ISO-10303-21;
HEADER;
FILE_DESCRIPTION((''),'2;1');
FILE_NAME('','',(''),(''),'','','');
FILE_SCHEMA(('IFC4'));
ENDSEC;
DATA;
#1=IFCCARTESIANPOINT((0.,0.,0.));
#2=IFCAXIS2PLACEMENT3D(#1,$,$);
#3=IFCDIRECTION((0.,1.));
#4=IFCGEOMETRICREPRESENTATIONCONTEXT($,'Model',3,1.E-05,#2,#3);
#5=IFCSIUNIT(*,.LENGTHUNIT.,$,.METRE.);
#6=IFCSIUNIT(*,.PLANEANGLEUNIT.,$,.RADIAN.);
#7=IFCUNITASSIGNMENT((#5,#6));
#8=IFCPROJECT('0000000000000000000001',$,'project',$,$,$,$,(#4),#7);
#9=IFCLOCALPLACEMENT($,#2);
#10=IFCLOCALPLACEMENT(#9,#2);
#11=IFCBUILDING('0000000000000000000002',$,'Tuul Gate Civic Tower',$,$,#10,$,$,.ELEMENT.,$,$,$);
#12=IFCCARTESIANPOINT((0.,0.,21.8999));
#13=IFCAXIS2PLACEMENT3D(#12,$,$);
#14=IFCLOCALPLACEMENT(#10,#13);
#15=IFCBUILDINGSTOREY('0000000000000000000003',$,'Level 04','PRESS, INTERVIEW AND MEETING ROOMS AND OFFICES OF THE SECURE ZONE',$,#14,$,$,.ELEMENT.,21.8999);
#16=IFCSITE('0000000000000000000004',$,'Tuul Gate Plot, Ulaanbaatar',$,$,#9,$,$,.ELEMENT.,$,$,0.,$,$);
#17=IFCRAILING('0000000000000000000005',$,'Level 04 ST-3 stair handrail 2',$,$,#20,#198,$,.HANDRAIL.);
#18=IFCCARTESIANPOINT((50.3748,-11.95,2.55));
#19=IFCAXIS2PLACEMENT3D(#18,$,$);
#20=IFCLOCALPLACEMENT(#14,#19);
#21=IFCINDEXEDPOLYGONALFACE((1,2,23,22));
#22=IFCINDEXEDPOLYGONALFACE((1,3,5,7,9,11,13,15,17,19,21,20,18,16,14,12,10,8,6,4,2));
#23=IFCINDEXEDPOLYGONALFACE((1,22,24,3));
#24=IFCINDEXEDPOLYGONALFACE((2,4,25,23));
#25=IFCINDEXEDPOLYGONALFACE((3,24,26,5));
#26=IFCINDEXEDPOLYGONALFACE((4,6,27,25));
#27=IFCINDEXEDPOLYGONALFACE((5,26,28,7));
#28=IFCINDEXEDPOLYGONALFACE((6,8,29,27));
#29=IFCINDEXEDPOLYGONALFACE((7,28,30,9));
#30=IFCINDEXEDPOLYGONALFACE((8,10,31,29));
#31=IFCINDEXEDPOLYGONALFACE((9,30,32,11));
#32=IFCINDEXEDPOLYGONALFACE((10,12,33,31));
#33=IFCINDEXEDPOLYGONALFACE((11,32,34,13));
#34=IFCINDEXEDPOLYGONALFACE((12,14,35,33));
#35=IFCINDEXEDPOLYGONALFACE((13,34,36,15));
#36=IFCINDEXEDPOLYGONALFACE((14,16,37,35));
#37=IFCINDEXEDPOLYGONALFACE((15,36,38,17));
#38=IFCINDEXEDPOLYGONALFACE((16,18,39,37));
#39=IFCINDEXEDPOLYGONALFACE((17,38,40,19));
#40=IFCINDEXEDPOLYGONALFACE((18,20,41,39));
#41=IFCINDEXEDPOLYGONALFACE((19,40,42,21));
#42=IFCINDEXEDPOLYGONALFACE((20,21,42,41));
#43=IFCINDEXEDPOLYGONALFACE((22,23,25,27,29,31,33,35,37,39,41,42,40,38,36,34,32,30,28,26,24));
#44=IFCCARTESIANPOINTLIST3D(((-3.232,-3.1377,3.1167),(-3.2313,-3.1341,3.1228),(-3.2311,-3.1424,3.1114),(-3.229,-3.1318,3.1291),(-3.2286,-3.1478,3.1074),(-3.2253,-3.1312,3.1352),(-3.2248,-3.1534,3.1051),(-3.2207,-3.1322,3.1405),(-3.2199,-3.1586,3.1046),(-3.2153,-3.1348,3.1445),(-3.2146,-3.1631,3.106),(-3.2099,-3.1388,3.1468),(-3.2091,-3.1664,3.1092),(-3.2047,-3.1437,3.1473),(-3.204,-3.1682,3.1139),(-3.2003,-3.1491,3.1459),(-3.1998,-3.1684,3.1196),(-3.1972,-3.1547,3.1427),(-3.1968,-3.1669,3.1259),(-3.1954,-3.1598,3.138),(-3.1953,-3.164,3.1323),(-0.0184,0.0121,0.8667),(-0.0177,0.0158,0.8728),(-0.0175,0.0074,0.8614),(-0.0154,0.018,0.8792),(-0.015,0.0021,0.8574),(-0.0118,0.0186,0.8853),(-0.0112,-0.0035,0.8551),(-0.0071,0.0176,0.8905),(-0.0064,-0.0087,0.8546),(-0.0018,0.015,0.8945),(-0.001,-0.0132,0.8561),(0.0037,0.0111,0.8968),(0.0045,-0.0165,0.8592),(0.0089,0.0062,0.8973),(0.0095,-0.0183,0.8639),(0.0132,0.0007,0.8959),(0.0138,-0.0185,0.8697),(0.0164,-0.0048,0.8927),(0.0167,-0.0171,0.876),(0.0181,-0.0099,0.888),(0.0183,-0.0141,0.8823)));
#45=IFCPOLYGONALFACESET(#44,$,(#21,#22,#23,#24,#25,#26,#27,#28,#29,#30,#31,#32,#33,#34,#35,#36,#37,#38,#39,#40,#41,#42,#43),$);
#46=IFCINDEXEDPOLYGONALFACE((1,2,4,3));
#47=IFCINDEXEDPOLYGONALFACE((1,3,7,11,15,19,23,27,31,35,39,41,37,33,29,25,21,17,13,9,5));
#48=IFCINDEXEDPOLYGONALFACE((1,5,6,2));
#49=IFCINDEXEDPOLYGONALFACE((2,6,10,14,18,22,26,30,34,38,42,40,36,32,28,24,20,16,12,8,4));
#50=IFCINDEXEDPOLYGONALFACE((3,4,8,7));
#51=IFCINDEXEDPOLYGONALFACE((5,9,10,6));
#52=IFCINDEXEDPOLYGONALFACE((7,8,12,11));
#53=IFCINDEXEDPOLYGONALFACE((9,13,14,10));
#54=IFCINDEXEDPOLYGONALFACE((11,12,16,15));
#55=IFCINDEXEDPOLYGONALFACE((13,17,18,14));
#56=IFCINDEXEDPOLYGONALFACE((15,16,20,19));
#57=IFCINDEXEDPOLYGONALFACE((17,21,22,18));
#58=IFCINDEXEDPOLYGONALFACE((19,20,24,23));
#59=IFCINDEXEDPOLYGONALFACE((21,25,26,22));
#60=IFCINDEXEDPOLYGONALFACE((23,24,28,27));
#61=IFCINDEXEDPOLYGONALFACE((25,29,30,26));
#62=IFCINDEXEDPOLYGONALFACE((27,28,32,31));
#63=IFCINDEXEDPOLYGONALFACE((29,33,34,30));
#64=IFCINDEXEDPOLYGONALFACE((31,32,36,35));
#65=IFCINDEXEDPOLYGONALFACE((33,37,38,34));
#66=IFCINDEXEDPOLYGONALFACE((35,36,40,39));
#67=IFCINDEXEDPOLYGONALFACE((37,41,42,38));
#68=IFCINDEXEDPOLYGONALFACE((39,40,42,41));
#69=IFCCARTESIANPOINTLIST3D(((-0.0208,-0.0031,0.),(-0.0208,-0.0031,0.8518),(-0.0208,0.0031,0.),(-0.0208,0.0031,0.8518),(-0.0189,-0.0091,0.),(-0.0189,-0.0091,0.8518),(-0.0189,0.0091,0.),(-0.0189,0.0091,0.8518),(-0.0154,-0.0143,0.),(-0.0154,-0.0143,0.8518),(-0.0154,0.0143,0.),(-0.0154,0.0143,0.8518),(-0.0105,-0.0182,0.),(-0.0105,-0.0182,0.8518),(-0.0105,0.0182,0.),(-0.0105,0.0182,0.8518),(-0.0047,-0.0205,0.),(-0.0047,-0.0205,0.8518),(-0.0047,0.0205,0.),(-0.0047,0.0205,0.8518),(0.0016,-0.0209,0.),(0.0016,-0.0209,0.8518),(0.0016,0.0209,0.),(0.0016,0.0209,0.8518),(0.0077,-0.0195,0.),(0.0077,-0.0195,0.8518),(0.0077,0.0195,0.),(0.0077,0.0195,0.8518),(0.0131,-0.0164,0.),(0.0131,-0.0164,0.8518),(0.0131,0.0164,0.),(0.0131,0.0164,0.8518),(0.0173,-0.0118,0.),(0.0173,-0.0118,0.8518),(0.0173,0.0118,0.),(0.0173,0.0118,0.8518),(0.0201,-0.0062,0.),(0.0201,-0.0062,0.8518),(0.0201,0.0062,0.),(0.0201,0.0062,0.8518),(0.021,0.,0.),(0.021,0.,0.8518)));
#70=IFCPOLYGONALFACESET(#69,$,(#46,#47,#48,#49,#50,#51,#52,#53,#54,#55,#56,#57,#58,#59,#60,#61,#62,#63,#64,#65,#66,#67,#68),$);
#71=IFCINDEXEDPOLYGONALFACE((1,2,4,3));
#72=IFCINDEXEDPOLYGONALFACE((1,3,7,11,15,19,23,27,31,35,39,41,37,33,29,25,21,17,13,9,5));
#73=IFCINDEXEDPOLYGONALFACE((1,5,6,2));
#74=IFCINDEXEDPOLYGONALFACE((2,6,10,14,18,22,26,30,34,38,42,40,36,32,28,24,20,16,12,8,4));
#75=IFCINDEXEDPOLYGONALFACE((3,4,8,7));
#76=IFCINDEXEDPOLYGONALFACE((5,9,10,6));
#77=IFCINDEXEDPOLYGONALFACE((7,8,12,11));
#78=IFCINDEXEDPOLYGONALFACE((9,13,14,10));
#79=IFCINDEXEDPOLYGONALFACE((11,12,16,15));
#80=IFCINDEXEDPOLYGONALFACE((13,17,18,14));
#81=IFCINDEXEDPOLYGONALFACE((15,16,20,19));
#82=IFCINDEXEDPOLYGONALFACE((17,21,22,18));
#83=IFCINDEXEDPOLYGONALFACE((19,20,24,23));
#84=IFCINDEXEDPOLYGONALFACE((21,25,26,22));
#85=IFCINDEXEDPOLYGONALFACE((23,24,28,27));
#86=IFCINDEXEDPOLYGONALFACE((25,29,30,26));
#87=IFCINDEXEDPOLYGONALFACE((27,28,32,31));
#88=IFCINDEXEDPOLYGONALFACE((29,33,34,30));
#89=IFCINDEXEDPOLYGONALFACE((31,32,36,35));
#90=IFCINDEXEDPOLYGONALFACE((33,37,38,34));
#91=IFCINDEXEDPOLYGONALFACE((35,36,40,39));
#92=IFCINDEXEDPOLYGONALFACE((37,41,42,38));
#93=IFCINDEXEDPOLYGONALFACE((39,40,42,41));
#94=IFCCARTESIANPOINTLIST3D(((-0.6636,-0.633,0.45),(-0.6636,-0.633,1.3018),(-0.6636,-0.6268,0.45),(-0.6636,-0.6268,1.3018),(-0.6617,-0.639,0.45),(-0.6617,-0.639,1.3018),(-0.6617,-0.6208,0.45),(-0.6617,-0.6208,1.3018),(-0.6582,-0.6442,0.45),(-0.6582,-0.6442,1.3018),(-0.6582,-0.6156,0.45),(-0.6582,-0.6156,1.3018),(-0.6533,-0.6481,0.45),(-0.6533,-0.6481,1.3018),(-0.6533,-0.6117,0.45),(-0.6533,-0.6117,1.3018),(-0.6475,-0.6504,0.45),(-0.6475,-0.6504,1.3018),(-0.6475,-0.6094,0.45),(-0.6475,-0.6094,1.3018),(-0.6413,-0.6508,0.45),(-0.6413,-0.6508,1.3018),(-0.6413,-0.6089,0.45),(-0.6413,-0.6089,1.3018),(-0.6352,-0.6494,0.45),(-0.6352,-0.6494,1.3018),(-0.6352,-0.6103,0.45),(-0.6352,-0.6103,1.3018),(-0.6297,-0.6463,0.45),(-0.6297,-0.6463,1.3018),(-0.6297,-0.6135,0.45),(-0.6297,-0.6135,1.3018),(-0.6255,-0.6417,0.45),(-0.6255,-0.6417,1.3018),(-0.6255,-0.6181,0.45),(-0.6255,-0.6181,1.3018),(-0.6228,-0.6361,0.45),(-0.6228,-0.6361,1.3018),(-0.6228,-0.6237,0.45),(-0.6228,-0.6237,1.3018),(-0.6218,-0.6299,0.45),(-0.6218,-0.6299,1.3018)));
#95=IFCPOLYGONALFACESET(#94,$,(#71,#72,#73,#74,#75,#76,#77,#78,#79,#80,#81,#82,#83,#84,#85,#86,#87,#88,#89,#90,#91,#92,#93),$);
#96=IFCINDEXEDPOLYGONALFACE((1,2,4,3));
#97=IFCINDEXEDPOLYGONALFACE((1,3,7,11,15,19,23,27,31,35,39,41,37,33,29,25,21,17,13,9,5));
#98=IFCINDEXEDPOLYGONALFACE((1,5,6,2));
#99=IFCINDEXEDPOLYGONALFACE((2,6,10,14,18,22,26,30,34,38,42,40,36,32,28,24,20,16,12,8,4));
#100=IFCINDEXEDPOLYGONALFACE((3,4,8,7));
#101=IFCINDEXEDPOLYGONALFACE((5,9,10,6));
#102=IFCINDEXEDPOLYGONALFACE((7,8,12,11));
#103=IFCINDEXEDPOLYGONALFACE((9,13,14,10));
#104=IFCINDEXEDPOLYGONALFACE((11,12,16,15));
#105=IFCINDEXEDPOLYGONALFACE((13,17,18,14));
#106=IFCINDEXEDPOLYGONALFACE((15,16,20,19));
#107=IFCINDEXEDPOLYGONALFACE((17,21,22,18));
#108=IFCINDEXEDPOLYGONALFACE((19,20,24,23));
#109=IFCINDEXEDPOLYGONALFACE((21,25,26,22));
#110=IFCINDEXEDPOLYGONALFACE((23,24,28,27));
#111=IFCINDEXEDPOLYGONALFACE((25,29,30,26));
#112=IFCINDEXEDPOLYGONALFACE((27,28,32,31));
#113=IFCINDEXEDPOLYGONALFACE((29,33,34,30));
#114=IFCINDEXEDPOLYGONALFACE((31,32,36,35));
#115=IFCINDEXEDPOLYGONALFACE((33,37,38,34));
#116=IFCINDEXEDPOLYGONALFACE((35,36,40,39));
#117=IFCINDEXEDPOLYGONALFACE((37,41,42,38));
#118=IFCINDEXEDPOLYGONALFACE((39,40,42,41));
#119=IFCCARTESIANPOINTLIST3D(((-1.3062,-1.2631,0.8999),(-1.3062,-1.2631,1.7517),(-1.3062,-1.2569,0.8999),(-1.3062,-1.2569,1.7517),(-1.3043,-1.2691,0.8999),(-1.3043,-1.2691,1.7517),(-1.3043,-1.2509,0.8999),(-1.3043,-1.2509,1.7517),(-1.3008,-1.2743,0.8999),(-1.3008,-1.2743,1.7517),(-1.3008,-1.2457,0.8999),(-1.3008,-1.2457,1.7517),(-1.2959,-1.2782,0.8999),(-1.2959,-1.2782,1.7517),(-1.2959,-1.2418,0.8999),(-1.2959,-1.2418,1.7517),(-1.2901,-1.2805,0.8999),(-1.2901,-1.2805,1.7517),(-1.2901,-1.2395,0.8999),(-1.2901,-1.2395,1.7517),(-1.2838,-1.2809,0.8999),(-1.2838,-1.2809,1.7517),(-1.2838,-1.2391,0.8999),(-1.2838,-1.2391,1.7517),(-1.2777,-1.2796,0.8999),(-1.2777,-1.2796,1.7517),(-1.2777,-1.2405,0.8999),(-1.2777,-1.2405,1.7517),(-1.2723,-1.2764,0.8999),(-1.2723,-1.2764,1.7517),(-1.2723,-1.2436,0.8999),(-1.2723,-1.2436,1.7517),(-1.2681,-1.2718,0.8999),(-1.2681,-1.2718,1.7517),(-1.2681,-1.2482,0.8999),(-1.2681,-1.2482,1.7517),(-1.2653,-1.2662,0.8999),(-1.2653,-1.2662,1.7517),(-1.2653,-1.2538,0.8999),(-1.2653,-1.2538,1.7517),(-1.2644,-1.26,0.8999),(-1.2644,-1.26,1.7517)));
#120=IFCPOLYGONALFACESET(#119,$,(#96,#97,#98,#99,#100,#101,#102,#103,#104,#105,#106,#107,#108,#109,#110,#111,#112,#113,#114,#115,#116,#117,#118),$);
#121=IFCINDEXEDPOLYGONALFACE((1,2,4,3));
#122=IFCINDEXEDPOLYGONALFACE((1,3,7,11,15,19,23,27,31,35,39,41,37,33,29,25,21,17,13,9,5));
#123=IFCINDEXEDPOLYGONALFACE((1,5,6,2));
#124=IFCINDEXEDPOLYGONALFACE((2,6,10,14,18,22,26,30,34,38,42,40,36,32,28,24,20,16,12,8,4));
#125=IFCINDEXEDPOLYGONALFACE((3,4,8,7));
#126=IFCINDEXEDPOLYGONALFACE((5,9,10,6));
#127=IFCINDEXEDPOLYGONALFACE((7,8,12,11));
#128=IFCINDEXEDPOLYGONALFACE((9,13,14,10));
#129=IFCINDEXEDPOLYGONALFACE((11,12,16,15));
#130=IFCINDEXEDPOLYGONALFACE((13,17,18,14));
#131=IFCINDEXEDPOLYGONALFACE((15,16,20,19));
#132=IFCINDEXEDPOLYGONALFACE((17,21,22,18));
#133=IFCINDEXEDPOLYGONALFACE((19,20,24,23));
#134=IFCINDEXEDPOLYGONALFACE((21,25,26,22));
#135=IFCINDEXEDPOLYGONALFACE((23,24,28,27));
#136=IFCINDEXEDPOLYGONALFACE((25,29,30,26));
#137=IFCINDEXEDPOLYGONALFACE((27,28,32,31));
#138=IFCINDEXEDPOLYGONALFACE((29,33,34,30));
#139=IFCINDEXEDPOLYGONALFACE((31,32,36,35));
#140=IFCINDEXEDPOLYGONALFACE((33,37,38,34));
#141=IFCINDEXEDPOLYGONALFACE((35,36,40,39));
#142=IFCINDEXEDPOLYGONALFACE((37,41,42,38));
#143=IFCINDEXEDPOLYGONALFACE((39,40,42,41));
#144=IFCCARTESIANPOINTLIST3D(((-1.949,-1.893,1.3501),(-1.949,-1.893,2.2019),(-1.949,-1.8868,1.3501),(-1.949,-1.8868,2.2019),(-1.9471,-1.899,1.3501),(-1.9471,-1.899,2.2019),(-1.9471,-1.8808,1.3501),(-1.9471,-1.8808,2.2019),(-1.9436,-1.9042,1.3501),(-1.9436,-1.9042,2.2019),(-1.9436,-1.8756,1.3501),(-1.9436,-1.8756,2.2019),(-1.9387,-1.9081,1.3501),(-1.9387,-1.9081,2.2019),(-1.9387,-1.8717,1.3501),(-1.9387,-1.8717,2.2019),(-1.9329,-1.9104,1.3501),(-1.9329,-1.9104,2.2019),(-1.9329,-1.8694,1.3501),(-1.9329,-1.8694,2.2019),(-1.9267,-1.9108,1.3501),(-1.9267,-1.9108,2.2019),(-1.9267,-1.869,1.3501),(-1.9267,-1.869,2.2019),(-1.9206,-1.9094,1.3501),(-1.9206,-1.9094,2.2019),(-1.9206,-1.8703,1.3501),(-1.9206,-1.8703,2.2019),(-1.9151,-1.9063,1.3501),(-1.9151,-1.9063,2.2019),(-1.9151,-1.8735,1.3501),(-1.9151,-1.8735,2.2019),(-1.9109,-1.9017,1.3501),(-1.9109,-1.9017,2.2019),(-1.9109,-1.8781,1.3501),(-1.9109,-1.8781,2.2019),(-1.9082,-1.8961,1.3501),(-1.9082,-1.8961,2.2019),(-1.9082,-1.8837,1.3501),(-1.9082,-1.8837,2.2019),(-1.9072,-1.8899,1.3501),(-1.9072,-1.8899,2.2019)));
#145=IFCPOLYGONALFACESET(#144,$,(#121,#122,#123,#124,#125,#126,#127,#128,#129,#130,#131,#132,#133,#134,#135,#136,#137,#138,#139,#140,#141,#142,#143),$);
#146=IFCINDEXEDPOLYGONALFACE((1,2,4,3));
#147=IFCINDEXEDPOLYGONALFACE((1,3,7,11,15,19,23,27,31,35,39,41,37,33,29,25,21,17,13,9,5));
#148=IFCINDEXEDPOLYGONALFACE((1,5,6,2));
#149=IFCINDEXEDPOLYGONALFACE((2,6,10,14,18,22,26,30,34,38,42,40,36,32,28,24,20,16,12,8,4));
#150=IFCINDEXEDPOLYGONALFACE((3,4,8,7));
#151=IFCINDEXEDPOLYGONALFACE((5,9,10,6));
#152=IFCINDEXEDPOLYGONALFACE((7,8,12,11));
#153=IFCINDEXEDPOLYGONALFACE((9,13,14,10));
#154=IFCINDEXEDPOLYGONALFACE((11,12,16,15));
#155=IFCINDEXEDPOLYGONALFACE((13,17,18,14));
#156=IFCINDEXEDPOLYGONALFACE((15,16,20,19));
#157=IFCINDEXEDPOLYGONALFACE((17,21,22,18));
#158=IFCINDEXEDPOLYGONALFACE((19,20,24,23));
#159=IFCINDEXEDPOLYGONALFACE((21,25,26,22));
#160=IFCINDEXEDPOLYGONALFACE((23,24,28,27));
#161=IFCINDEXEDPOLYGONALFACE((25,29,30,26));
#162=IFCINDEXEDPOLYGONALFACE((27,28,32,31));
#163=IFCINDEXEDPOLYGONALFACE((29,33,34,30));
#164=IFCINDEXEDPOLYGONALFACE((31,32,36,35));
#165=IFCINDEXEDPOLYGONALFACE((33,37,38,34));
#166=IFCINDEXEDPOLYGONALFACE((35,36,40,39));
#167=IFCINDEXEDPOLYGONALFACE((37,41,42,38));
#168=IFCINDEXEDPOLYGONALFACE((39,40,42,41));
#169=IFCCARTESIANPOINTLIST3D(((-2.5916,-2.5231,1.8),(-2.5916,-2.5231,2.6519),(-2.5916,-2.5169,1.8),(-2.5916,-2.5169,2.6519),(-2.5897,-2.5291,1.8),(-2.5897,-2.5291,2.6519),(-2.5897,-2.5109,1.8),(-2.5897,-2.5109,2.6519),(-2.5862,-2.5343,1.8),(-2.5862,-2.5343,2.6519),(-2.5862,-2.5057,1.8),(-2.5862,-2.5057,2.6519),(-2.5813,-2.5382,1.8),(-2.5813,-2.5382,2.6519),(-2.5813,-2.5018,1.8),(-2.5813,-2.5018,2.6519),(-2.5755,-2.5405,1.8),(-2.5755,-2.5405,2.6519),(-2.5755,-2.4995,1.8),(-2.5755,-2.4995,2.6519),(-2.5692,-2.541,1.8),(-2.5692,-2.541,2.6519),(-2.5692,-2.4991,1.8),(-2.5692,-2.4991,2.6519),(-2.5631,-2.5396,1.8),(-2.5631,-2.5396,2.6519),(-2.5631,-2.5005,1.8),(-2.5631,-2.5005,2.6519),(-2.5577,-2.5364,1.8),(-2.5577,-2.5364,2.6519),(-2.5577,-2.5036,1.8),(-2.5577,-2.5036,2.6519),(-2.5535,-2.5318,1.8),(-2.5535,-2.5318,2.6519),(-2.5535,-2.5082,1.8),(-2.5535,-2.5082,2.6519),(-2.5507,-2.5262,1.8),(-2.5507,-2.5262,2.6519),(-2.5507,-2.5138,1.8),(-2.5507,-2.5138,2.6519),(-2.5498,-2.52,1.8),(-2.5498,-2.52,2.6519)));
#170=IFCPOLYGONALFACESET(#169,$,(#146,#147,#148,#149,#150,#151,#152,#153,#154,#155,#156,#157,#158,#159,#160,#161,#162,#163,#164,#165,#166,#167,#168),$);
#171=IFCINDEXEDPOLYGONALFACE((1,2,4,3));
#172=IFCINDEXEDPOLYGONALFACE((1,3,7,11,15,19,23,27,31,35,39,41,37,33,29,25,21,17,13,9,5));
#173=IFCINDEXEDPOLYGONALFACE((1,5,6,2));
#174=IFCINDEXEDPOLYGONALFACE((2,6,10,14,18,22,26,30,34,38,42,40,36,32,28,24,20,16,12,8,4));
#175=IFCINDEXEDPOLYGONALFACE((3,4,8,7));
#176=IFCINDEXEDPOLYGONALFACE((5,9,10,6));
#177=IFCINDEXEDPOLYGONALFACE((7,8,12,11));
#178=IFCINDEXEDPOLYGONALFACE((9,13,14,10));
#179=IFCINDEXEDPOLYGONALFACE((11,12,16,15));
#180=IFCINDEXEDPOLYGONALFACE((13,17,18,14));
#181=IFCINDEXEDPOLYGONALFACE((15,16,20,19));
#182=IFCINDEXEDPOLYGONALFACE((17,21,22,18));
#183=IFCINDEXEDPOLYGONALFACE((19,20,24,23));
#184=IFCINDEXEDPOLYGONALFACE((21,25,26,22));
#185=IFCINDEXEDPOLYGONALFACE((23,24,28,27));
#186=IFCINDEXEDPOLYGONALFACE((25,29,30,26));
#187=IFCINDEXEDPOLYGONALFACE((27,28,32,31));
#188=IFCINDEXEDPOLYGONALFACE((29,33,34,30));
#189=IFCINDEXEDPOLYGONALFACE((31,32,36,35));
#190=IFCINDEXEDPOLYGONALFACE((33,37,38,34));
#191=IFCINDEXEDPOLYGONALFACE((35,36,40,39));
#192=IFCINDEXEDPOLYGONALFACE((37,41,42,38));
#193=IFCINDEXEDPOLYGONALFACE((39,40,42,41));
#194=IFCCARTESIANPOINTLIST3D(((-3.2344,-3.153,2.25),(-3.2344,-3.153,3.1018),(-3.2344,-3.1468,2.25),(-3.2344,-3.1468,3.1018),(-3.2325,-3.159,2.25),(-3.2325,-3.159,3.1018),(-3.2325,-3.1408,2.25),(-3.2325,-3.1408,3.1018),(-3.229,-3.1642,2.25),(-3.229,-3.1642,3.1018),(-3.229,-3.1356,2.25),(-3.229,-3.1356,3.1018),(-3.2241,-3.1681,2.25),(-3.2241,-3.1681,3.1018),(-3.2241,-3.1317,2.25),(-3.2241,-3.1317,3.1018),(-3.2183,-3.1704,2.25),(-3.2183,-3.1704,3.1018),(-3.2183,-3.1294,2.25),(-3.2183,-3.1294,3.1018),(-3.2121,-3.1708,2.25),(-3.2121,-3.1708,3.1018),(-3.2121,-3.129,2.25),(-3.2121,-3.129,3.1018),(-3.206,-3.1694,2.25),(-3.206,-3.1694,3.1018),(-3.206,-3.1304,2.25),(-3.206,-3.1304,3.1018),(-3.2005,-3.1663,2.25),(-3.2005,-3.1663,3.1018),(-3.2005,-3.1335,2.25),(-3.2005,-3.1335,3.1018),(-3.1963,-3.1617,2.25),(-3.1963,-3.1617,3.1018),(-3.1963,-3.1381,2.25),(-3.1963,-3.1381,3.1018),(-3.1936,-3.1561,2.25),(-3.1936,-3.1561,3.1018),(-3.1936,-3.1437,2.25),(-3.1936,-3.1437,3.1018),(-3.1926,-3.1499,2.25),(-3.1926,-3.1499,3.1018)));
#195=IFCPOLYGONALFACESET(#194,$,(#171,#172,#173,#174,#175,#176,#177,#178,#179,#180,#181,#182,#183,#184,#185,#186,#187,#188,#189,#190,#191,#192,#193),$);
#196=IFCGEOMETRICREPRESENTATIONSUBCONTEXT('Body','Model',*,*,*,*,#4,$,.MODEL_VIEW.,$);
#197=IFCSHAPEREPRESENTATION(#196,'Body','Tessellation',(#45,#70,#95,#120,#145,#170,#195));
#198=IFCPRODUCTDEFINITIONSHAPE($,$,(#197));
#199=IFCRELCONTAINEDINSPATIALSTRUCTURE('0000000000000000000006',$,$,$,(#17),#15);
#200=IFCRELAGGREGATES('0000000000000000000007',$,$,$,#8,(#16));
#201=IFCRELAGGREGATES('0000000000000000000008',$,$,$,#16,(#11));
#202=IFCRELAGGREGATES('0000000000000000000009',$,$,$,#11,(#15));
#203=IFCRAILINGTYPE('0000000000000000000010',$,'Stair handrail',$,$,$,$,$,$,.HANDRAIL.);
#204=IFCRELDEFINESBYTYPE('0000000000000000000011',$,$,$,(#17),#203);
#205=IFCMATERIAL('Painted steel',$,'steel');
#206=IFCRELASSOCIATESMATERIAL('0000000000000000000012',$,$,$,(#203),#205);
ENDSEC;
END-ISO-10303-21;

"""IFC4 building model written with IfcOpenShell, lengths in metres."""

from ifc_helpers import new_model, si_unit, direction, frame, origin, origin_2d, place, context, subcontext, project, spatial, circle, extrude, material, type_object, element, save


model = new_model("IFC4")

# Units and contexts
model_context = context("Model", 3, precision=1e-05, world=origin(), true_north=direction((0.0, 1.0)))
body_context = subcontext(model_context, "Body", "Model", "MODEL_VIEW")
ifc_project = project(units=[si_unit("LENGTHUNIT", "METRE"), si_unit("PLANEANGLEUNIT", "RADIAN")], contexts=[model_context])

# Site, building, storey
site_placement = place(None, origin())
site = spatial("IfcSite", under=ifc_project, at=site_placement, Name="Tuul Gate Plot, Ulaanbaatar", CompositionType="ELEMENT", RefElevation=0.0)
building_placement = place(site_placement, origin())
building = spatial("IfcBuilding", under=site, at=building_placement, Name="Tuul Gate Civic Tower", CompositionType="ELEMENT")
storey_placement = place(building_placement, frame((0.0, 0.0, 21.8999)))
storey = spatial("IfcBuildingStorey", under=building, at=storey_placement, Name="Level 04", Description="PRESS, INTERVIEW AND MEETING ROOMS AND OFFICES OF THE SECURE ZONE", CompositionType="ELEMENT", Elevation=21.8999)

# Railing
ifc_material_1 = material(Name="Painted steel", Category="steel")
railing_type = type_object("IfcRailingType", Name="Stair handrail", PredefinedType="HANDRAIL", material=ifc_material_1)
railing_placement = place(storey_placement, frame((50.3748, -11.95, 2.55)))
element("IfcRailing", 1, at=railing_placement, inside=storey, type_object=railing_type, Name="Level 04 ST-3 stair handrail 2", PredefinedType="HANDRAIL", context=body_context, shape_type="SweptSolid", body=[
    extrude(circle(Radius=0.0239, at=origin_2d()), frame((0.0, 0.0, 0.876), z_axis=(-0.638754, -0.626089, 0.44722), x_axis=(0.699991, -0.714152, 0.0)), (0.0, 0.0, 1.0), 5.031),
    extrude(circle(Radius=0.021, at=origin_2d()), origin(), (0.0, 0.0, 1.0), 0.8518),
    extrude(circle(Radius=0.021, at=origin_2d()), frame((-0.6428, -0.6299, 0.45)), (0.0, 0.0, 1.0), 0.8518),
    extrude(circle(Radius=0.021, at=origin_2d()), frame((-1.2854, -1.26, 0.8999)), (0.0, 0.0, 1.0), 0.8518),
    extrude(circle(Radius=0.021, at=origin_2d()), frame((-1.9282, -1.8899, 1.3501)), (0.0, 0.0, 1.0), 0.8518),
    extrude(circle(Radius=0.021, at=origin_2d()), frame((-2.5708, -2.52, 1.8)), (0.0, 0.0, 1.0), 0.8518),
    extrude(circle(Radius=0.021, at=origin_2d()), frame((-3.2136, -3.1499, 2.25)), (0.0, 0.0, 1.0), 0.8518),
])

save(model, "model.ifc")
